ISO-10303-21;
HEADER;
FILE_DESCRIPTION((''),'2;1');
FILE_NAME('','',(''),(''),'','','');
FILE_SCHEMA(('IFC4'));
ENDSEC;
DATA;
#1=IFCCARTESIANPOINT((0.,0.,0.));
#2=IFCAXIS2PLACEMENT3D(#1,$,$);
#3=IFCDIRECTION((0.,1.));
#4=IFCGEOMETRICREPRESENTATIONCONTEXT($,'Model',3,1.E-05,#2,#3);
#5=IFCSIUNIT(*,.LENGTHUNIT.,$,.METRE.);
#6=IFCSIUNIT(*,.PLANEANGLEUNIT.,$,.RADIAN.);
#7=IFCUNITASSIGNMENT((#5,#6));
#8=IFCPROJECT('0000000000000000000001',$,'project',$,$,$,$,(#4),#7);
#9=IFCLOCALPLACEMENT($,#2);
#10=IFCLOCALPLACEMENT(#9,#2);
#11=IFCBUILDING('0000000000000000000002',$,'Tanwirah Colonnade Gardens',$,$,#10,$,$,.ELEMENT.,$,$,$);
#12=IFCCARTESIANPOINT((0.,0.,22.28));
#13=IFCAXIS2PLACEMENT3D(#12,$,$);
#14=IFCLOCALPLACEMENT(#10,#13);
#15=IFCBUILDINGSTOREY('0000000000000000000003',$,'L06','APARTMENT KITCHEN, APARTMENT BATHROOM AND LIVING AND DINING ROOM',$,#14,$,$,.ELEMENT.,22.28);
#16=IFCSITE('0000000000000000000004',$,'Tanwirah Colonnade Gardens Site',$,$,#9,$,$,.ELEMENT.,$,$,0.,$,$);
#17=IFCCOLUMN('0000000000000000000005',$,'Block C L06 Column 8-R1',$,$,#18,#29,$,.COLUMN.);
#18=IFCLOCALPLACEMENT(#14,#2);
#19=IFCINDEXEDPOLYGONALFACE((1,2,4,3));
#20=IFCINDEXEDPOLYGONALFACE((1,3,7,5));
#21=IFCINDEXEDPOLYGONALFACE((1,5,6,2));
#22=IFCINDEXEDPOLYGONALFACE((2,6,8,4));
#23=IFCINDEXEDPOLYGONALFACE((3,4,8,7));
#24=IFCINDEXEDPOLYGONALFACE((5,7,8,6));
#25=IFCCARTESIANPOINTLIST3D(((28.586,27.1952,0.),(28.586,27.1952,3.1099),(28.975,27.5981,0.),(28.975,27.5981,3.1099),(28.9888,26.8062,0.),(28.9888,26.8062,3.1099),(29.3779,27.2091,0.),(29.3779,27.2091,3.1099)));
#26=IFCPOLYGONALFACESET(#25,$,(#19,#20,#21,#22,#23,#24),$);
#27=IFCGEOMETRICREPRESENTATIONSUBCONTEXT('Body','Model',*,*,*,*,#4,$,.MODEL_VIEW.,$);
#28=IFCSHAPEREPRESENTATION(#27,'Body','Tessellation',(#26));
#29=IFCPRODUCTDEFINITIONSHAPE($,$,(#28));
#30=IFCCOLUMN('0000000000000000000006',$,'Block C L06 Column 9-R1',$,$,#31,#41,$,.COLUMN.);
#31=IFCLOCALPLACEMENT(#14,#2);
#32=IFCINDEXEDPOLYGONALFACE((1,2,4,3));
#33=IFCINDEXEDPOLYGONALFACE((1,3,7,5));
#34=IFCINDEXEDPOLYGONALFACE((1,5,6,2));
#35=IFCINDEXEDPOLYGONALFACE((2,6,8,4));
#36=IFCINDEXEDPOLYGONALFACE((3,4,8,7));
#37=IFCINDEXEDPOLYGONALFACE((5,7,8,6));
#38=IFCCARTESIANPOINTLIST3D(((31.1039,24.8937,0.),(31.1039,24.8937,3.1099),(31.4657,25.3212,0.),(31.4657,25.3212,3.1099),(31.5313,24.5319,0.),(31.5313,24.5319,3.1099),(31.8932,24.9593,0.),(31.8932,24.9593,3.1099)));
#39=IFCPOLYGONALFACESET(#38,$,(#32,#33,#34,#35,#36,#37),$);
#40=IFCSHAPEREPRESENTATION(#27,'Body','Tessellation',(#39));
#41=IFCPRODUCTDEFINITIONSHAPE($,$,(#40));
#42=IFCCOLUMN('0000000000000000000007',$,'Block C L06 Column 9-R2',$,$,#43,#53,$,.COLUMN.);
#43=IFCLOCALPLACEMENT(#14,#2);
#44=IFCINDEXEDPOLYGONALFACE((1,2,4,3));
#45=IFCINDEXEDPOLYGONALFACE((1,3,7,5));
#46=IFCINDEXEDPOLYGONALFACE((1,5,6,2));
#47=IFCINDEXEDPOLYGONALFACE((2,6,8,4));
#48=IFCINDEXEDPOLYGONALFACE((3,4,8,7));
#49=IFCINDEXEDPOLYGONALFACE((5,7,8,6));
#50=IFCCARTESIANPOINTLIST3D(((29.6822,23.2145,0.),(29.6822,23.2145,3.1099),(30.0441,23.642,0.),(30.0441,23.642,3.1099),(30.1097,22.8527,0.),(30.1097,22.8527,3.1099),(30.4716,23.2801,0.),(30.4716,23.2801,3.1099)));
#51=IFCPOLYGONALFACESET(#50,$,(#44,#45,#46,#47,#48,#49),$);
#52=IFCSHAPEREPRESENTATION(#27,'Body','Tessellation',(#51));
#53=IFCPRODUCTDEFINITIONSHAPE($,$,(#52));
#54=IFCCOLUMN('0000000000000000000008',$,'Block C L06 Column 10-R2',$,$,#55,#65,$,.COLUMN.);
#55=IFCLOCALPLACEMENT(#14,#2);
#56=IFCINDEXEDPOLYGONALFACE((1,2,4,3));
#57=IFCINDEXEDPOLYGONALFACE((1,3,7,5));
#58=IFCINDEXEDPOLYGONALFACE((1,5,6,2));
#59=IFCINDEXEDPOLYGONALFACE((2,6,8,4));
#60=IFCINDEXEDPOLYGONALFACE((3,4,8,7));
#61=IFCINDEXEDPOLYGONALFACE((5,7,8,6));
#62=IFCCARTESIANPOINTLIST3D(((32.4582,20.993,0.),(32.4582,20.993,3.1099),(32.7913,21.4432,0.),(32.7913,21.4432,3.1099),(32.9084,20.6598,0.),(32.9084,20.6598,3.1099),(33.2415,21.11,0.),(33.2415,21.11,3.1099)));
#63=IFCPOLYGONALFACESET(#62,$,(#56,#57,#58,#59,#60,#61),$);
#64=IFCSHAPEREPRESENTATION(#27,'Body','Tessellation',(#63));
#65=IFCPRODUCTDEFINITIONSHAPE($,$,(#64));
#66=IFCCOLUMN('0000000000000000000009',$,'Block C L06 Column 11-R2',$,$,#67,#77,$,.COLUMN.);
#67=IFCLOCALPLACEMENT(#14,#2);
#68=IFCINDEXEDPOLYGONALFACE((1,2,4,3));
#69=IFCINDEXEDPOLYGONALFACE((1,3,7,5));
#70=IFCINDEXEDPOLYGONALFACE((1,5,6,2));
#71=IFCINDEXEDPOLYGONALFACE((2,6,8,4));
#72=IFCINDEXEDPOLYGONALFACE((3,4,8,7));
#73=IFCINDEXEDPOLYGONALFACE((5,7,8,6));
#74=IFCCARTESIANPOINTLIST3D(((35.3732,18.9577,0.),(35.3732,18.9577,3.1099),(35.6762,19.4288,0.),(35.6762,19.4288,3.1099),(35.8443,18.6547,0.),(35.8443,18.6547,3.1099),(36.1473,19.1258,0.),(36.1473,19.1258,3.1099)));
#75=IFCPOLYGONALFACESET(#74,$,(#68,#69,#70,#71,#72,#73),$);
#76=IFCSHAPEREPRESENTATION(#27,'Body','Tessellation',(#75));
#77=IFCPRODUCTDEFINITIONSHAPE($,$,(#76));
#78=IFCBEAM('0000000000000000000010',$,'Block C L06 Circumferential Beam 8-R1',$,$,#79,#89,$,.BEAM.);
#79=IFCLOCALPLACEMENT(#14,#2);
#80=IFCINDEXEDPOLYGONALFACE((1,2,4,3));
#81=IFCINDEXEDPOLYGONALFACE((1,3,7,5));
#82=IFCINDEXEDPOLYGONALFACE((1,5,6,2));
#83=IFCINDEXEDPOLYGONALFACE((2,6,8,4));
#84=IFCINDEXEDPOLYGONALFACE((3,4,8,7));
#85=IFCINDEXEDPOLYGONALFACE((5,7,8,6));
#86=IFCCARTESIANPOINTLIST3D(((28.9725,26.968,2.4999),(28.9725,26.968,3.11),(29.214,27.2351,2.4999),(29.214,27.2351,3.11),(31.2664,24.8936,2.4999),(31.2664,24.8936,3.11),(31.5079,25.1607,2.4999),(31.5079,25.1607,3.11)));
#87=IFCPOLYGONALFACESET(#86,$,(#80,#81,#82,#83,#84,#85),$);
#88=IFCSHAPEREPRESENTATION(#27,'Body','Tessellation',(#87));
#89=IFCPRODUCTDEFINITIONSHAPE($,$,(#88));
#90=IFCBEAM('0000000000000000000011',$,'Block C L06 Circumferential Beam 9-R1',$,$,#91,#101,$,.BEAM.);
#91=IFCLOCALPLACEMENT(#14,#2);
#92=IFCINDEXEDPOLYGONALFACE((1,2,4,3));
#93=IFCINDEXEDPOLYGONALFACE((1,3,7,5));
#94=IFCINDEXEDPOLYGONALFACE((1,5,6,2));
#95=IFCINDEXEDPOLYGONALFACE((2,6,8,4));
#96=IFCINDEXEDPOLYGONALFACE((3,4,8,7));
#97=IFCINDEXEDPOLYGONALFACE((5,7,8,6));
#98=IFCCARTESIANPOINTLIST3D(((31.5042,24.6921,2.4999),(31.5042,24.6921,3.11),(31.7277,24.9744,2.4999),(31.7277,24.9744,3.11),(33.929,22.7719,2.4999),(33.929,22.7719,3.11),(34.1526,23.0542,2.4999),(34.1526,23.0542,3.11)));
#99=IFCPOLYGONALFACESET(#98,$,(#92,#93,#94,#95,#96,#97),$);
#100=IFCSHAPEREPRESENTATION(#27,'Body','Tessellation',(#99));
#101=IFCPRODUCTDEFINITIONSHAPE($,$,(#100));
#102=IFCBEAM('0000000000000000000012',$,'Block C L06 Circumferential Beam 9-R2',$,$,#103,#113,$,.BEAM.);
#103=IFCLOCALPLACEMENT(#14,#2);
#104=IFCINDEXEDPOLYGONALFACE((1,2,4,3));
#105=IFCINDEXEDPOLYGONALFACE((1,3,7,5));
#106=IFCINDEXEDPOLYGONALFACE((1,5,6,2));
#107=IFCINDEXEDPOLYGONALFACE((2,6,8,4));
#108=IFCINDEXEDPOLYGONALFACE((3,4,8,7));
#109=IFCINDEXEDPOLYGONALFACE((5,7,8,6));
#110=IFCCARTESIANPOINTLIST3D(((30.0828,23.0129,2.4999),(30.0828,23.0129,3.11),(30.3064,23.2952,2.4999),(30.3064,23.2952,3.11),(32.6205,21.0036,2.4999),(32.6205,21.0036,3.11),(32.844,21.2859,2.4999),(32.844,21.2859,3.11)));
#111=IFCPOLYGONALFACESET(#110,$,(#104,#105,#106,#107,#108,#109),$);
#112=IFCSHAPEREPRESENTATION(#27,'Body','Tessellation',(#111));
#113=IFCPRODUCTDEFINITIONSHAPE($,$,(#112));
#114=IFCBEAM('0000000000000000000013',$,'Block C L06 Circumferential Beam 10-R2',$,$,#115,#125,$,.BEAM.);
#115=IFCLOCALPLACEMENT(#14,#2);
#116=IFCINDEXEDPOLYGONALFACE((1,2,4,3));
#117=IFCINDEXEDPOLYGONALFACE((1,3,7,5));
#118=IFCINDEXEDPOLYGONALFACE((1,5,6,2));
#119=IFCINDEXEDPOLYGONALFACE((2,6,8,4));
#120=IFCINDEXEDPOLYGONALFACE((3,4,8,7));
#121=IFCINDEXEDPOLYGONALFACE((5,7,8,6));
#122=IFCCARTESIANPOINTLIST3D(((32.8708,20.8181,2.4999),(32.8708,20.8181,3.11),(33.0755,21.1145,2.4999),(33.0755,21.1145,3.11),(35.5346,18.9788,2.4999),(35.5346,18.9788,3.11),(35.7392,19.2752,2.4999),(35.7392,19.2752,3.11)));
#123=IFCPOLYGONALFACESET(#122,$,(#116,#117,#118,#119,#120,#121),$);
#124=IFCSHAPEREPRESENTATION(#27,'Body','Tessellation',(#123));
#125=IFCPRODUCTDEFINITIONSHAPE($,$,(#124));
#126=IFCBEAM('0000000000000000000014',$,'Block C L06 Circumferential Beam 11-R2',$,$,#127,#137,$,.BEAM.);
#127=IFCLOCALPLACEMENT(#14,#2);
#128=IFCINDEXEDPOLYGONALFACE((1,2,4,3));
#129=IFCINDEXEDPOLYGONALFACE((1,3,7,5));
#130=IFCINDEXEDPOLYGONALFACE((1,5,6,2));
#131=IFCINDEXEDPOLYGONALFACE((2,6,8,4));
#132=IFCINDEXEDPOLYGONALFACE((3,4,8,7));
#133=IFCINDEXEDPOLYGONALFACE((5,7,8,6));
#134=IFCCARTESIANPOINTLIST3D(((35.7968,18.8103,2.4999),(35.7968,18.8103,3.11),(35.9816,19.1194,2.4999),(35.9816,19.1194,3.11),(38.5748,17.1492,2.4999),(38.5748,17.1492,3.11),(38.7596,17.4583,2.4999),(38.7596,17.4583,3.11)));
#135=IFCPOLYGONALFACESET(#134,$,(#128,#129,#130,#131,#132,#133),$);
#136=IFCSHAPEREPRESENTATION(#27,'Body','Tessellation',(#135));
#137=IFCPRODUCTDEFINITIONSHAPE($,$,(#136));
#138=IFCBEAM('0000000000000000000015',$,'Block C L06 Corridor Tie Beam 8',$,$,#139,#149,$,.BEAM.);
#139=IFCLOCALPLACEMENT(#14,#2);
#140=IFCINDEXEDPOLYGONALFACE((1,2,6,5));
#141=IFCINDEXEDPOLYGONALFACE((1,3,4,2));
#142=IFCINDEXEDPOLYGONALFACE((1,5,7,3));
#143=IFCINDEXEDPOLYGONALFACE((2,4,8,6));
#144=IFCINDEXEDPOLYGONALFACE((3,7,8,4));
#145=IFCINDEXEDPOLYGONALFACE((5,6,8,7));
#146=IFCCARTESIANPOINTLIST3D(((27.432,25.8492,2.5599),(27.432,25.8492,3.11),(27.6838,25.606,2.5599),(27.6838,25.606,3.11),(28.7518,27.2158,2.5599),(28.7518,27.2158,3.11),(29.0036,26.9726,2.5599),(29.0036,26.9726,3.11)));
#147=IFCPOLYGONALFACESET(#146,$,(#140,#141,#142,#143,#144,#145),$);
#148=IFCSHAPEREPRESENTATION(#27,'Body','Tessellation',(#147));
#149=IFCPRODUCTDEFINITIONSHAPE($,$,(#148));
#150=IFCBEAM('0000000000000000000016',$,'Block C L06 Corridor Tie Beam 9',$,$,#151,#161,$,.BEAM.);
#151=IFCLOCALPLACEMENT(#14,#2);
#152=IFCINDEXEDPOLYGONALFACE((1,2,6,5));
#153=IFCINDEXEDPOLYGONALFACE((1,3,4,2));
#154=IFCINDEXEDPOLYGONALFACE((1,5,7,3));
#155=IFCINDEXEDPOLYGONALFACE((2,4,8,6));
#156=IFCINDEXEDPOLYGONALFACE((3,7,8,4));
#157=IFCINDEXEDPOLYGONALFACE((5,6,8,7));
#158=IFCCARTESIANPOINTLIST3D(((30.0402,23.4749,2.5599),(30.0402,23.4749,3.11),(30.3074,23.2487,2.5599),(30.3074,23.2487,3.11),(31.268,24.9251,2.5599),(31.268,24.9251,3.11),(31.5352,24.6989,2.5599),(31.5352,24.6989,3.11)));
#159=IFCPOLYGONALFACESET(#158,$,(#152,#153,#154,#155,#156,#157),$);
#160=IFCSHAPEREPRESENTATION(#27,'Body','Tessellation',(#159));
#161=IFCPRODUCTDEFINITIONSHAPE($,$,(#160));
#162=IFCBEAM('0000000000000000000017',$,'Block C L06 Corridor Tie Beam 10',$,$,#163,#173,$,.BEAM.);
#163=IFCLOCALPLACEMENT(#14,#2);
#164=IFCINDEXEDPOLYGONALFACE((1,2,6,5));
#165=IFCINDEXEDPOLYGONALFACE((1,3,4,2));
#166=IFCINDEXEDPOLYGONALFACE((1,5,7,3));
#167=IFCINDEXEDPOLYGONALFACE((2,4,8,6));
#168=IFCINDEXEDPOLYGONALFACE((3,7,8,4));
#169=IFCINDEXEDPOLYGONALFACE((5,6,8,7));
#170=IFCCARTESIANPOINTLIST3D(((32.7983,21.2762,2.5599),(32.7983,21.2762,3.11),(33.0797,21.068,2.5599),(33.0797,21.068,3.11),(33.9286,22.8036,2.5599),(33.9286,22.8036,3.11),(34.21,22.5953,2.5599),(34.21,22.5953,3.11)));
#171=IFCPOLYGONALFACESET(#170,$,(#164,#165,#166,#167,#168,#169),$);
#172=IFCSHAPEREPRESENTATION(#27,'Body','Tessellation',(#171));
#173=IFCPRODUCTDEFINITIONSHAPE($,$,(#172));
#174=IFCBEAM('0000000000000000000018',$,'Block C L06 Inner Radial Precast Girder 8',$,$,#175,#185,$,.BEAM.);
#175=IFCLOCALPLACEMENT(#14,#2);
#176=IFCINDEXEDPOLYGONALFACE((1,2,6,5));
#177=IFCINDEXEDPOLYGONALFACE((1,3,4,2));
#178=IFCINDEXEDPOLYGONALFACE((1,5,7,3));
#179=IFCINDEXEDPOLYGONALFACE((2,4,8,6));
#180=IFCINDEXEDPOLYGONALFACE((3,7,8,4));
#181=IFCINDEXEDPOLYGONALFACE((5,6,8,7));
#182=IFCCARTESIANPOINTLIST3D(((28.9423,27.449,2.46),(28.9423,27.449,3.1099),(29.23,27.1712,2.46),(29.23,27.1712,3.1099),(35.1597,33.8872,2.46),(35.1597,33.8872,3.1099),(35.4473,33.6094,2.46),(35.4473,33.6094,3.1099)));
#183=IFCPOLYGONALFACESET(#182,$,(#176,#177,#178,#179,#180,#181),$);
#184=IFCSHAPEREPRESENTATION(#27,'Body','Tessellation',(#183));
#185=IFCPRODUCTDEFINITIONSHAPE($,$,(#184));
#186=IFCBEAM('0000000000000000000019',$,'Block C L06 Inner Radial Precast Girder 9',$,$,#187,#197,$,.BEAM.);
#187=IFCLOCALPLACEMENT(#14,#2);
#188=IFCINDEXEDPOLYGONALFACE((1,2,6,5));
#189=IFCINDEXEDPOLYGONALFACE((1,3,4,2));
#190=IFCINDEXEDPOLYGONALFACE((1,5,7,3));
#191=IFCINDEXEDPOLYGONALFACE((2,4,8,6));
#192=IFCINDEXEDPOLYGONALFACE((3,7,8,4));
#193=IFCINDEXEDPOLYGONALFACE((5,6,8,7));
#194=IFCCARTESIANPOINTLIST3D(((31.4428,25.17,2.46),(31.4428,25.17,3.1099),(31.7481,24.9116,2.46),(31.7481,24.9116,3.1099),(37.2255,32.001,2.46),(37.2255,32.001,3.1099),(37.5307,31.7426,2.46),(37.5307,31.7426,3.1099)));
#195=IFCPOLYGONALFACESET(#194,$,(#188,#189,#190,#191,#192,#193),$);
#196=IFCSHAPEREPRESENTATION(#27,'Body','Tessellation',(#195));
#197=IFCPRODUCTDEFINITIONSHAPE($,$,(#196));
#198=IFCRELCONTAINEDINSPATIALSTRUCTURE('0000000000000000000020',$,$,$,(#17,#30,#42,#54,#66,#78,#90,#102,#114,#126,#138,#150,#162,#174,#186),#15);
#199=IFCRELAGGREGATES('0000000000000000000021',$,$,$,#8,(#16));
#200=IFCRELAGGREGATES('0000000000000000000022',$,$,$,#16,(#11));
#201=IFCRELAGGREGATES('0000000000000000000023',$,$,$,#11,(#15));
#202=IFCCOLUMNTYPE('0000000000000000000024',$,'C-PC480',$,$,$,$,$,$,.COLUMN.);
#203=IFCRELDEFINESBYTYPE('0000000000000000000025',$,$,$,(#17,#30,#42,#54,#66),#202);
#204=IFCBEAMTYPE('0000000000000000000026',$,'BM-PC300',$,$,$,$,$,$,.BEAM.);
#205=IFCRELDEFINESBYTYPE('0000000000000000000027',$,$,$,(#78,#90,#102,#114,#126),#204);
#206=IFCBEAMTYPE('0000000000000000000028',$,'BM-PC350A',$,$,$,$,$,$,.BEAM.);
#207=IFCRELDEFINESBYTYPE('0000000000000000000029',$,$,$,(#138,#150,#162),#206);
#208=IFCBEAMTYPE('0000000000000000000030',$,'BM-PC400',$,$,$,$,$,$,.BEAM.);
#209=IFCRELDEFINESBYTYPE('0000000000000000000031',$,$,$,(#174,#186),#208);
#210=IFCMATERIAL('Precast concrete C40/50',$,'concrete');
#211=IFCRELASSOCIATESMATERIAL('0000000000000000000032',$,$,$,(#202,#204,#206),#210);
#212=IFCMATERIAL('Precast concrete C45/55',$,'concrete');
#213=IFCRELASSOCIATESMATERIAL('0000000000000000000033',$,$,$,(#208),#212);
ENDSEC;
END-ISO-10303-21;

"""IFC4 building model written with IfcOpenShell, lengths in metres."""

from ifc_helpers import new_model, si_unit, direction, frame, origin, origin_2d, place, context, subcontext, project, spatial, rectangle, extrude, material, material_profile, profile_set, type_object, element, save


model = new_model("IFC4")

# Units and contexts
model_context = context("Model", 3, precision=1e-05, world=origin(), true_north=direction((0.0, 1.0)))
body_context = subcontext(model_context, "Body", "Model", "MODEL_VIEW")
ifc_project = project(units=[si_unit("LENGTHUNIT", "METRE"), si_unit("PLANEANGLEUNIT", "RADIAN")], contexts=[model_context])

# Site, building, storey
site_placement = place(None, origin())
site = spatial("IfcSite", under=ifc_project, at=site_placement, Name="Tanwirah Colonnade Gardens Site", CompositionType="ELEMENT", RefElevation=0.0)
building_placement = place(site_placement, origin())
building = spatial("IfcBuilding", under=site, at=building_placement, Name="Tanwirah Colonnade Gardens", CompositionType="ELEMENT")
storey_placement = place(building_placement, frame((0.0, 0.0, 22.28)))
storey = spatial("IfcBuildingStorey", under=building, at=storey_placement, Name="L06", Description="APARTMENT KITCHEN, APARTMENT BATHROOM AND LIVING AND DINING ROOM", CompositionType="ELEMENT", Elevation=22.28)

# Columns
ifc_material_1 = material(Name="Precast concrete C40/50", Category="concrete")
ifc_material_profile_1 = material_profile(ifc_material_1, rectangle(XDim=0.5601, YDim=0.5601, at=origin_2d()), Name="PC-COL 560x560")
ifc_profile_set_1 = profile_set([ifc_material_profile_1], Name="Precast concrete C40/50")
column_type = type_object("IfcColumnType", Name="C-PC480", PredefinedType="COLUMN", material=ifc_profile_set_1)
for number, where, z_axis, x_axis, name in (
    (1, (28.9819, 27.2021, 0.0), (0.0, 0.0, 1.0), (-0.694658, -0.71934, 0.0), "Block C L06 Column 8-R1"),
    (2, (31.4985, 24.9265, 0.0), (0.0, 0.0, 1.0), (-0.646124, -0.763232, 0.0), "Block C L06 Column 9-R1"),
    (3, (30.0769, 23.2473, 0.0), (0.0, 0.0, 1.0), (-0.646124, -0.763232, 0.0), "Block C L06 Column 9-R2"),
    (4, (32.8499, 21.0515, 0.0), (0.0, 0.0, 1.0), (-0.594823, -0.803857, 0.0), "Block C L06 Column 10-R2"),
    (5, (35.7603, 19.0417, 0.0), (0.0, 0.0, 1.0), (-0.540974, -0.841039, 0.0), "Block C L06 Column 11-R2"),
):
    element("IfcColumn", number, at=place(storey_placement, frame(where, z_axis=z_axis, x_axis=x_axis)), inside=storey, type_object=column_type, Name=name, PredefinedType="COLUMN", context=body_context, shape_type="SweptSolid", body=[
        extrude(rectangle(XDim=0.5601, YDim=0.5601, at=origin_2d()), origin(), (0.0, 0.0, 1.0), 3.1099),
    ])

# Beams
ifc_material_profile_2 = material_profile(ifc_material_1, rectangle(XDim=0.3601, YDim=0.6101, at=origin_2d()), Name="PC-BM 360x610")
ifc_profile_set_2 = profile_set([ifc_material_profile_2], Name="Precast concrete C40/50")
beam_type_1 = type_object("IfcBeamType", Name="BM-PC300", PredefinedType="BEAM", material=ifc_profile_set_2)
beam_1_placement = place(storey_placement, frame((29.0933, 27.1016, 2.8049), z_axis=(0.741698, -0.670733, 0.0), x_axis=(0.670733, 0.741698, 0.0)))
element("IfcBeam", 6, at=beam_1_placement, inside=storey, type_object=beam_type_1, Name="Block C L06 Circumferential Beam 8-R1", PredefinedType="BEAM", context=body_context, shape_type="SweptSolid", body=[
    extrude(rectangle(XDim=0.3601, YDim=0.6101, at=origin_2d()), origin(), (0.0, 0.0, 1.0), 3.0928),
])
beam_2_placement = place(storey_placement, frame((31.616, 24.8333, 2.8049), z_axis=(0.783963, -0.620808, 0.0), x_axis=(0.620808, 0.783963, 0.0)))
element("IfcBeam", 7, at=beam_2_placement, inside=storey, type_object=beam_type_1, Name="Block C L06 Circumferential Beam 9-R1", PredefinedType="BEAM", context=body_context, shape_type="SweptSolid", body=[
    extrude(rectangle(XDim=0.3601, YDim=0.6101, at=origin_2d()), origin(), (0.0, 0.0, 1.0), 3.093),
])
beam_3_placement = place(storey_placement, frame((30.1946, 23.1541, 2.8049), z_axis=(0.783994, -0.620769, 0.0), x_axis=(0.620769, 0.783994, 0.0)))
element("IfcBeam", 8, at=beam_3_placement, inside=storey, type_object=beam_type_1, Name="Block C L06 Circumferential Beam 9-R2", PredefinedType="BEAM", context=body_context, shape_type="SweptSolid", body=[
    extrude(rectangle(XDim=0.3601, YDim=0.6101, at=origin_2d()), origin(), (0.0, 0.0, 1.0), 3.2368),
])
beam_4_placement = place(storey_placement, frame((32.9731, 20.9663, 2.8049), z_axis=(0.822889, -0.568202, 0.0), x_axis=(0.568202, 0.822889, 0.0)))
element("IfcBeam", 9, at=beam_4_placement, inside=storey, type_object=beam_type_1, Name="Block C L06 Circumferential Beam 10-R2", PredefinedType="BEAM", context=body_context, shape_type="SweptSolid", body=[
    extrude(rectangle(XDim=0.3601, YDim=0.6101, at=origin_2d()), origin(), (0.0, 0.0, 1.0), 3.2371),
])
beam_5_placement = place(storey_placement, frame((35.8892, 18.9648, 2.8049), z_axis=(0.858271, -0.513197, 0.0), x_axis=(0.513197, 0.858271, 0.0)))
element("IfcBeam", 10, at=beam_5_placement, inside=storey, type_object=beam_type_1, Name="Block C L06 Circumferential Beam 11-R2", PredefinedType="BEAM", context=body_context, shape_type="SweptSolid", body=[
    extrude(rectangle(XDim=0.3601, YDim=0.6101, at=origin_2d()), origin(), (0.0, 0.0, 1.0), 3.2368),
])
ifc_material_profile_3 = material_profile(ifc_material_1, rectangle(XDim=0.3501, YDim=0.55, at=origin_2d()), Name="PC-BM 350x550")
ifc_profile_set_3 = profile_set([ifc_material_profile_3], Name="Precast concrete C40/50")
beam_type_2 = type_object("IfcBeamType", Name="BM-PC350A", PredefinedType="BEAM", material=ifc_profile_set_3)
beam_6_placement = place(storey_placement, frame((28.8777, 27.0942, 2.835), z_axis=(-0.694663, -0.719335, 0.0), x_axis=(0.719335, -0.694663, 0.0)))
element("IfcBeam", 11, at=beam_6_placement, inside=storey, type_object=beam_type_2, Name="Block C L06 Corridor Tie Beam 8", PredefinedType="BEAM", context=body_context, shape_type="SweptSolid", body=[
    extrude(rectangle(XDim=0.3501, YDim=0.55, at=origin_2d()), origin(), (0.0, 0.0, 1.0), 1.8999),
])
for number, where, z_axis, x_axis, name in (
    (12, (31.4016, 24.812, 2.835), (-0.646155, -0.763206, 0.0), (0.763206, -0.646155, 0.0), "Block C L06 Corridor Tie Beam 9"),
    (13, (34.0693, 22.6995, 2.835), (-0.594889, -0.803807, 0.0), (0.803807, -0.594889, 0.0), "Block C L06 Corridor Tie Beam 10"),
):
    element("IfcBeam", number, at=place(storey_placement, frame(where, z_axis=z_axis, x_axis=x_axis)), inside=storey, type_object=beam_type_2, Name=name, PredefinedType="BEAM", context=body_context, shape_type="SweptSolid", body=[
        extrude(rectangle(XDim=0.3501, YDim=0.55, at=origin_2d()), origin(), (0.0, 0.0, 1.0), 1.9001),
    ])
ifc_material_2 = material(Name="Precast concrete C45/55", Category="concrete")
ifc_material_profile_4 = material_profile(ifc_material_2, rectangle(XDim=0.3999, YDim=0.6499, at=origin_2d()), Name="PC-BM 400x650")
ifc_profile_set_4 = profile_set([ifc_material_profile_4], Name="Precast concrete C45/55")
beam_type_3 = type_object("IfcBeamType", Name="BM-PC400", PredefinedType="BEAM", material=ifc_profile_set_4)
beam_7_placement = place(storey_placement, frame((29.0862, 27.3101, 2.7849), z_axis=(0.694656, 0.719342, 0.0), x_axis=(-0.719342, 0.694656, 0.0)))
element("IfcBeam", 14, at=beam_7_placement, inside=storey, type_object=beam_type_3, Name="Block C L06 Inner Radial Precast Girder 8", PredefinedType="BEAM", context=body_context, shape_type="SweptSolid", body=[
    extrude(rectangle(XDim=0.3999, YDim=0.6499, at=origin_2d()), origin(), (0.0, 0.0, 1.0), 8.9502),
])
beam_8_placement = place(storey_placement, frame((31.5955, 25.0408, 2.7849), z_axis=(0.646111, 0.763243, 0.0), x_axis=(-0.763243, 0.646111, 0.0)))
element("IfcBeam", 15, at=beam_8_placement, inside=storey, type_object=beam_type_3, Name="Block C L06 Inner Radial Precast Girder 9", PredefinedType="BEAM", context=body_context, shape_type="SweptSolid", body=[
    extrude(rectangle(XDim=0.3999, YDim=0.6499, at=origin_2d()), origin(), (0.0, 0.0, 1.0), 8.95),
])

save(model, "model.ifc")
